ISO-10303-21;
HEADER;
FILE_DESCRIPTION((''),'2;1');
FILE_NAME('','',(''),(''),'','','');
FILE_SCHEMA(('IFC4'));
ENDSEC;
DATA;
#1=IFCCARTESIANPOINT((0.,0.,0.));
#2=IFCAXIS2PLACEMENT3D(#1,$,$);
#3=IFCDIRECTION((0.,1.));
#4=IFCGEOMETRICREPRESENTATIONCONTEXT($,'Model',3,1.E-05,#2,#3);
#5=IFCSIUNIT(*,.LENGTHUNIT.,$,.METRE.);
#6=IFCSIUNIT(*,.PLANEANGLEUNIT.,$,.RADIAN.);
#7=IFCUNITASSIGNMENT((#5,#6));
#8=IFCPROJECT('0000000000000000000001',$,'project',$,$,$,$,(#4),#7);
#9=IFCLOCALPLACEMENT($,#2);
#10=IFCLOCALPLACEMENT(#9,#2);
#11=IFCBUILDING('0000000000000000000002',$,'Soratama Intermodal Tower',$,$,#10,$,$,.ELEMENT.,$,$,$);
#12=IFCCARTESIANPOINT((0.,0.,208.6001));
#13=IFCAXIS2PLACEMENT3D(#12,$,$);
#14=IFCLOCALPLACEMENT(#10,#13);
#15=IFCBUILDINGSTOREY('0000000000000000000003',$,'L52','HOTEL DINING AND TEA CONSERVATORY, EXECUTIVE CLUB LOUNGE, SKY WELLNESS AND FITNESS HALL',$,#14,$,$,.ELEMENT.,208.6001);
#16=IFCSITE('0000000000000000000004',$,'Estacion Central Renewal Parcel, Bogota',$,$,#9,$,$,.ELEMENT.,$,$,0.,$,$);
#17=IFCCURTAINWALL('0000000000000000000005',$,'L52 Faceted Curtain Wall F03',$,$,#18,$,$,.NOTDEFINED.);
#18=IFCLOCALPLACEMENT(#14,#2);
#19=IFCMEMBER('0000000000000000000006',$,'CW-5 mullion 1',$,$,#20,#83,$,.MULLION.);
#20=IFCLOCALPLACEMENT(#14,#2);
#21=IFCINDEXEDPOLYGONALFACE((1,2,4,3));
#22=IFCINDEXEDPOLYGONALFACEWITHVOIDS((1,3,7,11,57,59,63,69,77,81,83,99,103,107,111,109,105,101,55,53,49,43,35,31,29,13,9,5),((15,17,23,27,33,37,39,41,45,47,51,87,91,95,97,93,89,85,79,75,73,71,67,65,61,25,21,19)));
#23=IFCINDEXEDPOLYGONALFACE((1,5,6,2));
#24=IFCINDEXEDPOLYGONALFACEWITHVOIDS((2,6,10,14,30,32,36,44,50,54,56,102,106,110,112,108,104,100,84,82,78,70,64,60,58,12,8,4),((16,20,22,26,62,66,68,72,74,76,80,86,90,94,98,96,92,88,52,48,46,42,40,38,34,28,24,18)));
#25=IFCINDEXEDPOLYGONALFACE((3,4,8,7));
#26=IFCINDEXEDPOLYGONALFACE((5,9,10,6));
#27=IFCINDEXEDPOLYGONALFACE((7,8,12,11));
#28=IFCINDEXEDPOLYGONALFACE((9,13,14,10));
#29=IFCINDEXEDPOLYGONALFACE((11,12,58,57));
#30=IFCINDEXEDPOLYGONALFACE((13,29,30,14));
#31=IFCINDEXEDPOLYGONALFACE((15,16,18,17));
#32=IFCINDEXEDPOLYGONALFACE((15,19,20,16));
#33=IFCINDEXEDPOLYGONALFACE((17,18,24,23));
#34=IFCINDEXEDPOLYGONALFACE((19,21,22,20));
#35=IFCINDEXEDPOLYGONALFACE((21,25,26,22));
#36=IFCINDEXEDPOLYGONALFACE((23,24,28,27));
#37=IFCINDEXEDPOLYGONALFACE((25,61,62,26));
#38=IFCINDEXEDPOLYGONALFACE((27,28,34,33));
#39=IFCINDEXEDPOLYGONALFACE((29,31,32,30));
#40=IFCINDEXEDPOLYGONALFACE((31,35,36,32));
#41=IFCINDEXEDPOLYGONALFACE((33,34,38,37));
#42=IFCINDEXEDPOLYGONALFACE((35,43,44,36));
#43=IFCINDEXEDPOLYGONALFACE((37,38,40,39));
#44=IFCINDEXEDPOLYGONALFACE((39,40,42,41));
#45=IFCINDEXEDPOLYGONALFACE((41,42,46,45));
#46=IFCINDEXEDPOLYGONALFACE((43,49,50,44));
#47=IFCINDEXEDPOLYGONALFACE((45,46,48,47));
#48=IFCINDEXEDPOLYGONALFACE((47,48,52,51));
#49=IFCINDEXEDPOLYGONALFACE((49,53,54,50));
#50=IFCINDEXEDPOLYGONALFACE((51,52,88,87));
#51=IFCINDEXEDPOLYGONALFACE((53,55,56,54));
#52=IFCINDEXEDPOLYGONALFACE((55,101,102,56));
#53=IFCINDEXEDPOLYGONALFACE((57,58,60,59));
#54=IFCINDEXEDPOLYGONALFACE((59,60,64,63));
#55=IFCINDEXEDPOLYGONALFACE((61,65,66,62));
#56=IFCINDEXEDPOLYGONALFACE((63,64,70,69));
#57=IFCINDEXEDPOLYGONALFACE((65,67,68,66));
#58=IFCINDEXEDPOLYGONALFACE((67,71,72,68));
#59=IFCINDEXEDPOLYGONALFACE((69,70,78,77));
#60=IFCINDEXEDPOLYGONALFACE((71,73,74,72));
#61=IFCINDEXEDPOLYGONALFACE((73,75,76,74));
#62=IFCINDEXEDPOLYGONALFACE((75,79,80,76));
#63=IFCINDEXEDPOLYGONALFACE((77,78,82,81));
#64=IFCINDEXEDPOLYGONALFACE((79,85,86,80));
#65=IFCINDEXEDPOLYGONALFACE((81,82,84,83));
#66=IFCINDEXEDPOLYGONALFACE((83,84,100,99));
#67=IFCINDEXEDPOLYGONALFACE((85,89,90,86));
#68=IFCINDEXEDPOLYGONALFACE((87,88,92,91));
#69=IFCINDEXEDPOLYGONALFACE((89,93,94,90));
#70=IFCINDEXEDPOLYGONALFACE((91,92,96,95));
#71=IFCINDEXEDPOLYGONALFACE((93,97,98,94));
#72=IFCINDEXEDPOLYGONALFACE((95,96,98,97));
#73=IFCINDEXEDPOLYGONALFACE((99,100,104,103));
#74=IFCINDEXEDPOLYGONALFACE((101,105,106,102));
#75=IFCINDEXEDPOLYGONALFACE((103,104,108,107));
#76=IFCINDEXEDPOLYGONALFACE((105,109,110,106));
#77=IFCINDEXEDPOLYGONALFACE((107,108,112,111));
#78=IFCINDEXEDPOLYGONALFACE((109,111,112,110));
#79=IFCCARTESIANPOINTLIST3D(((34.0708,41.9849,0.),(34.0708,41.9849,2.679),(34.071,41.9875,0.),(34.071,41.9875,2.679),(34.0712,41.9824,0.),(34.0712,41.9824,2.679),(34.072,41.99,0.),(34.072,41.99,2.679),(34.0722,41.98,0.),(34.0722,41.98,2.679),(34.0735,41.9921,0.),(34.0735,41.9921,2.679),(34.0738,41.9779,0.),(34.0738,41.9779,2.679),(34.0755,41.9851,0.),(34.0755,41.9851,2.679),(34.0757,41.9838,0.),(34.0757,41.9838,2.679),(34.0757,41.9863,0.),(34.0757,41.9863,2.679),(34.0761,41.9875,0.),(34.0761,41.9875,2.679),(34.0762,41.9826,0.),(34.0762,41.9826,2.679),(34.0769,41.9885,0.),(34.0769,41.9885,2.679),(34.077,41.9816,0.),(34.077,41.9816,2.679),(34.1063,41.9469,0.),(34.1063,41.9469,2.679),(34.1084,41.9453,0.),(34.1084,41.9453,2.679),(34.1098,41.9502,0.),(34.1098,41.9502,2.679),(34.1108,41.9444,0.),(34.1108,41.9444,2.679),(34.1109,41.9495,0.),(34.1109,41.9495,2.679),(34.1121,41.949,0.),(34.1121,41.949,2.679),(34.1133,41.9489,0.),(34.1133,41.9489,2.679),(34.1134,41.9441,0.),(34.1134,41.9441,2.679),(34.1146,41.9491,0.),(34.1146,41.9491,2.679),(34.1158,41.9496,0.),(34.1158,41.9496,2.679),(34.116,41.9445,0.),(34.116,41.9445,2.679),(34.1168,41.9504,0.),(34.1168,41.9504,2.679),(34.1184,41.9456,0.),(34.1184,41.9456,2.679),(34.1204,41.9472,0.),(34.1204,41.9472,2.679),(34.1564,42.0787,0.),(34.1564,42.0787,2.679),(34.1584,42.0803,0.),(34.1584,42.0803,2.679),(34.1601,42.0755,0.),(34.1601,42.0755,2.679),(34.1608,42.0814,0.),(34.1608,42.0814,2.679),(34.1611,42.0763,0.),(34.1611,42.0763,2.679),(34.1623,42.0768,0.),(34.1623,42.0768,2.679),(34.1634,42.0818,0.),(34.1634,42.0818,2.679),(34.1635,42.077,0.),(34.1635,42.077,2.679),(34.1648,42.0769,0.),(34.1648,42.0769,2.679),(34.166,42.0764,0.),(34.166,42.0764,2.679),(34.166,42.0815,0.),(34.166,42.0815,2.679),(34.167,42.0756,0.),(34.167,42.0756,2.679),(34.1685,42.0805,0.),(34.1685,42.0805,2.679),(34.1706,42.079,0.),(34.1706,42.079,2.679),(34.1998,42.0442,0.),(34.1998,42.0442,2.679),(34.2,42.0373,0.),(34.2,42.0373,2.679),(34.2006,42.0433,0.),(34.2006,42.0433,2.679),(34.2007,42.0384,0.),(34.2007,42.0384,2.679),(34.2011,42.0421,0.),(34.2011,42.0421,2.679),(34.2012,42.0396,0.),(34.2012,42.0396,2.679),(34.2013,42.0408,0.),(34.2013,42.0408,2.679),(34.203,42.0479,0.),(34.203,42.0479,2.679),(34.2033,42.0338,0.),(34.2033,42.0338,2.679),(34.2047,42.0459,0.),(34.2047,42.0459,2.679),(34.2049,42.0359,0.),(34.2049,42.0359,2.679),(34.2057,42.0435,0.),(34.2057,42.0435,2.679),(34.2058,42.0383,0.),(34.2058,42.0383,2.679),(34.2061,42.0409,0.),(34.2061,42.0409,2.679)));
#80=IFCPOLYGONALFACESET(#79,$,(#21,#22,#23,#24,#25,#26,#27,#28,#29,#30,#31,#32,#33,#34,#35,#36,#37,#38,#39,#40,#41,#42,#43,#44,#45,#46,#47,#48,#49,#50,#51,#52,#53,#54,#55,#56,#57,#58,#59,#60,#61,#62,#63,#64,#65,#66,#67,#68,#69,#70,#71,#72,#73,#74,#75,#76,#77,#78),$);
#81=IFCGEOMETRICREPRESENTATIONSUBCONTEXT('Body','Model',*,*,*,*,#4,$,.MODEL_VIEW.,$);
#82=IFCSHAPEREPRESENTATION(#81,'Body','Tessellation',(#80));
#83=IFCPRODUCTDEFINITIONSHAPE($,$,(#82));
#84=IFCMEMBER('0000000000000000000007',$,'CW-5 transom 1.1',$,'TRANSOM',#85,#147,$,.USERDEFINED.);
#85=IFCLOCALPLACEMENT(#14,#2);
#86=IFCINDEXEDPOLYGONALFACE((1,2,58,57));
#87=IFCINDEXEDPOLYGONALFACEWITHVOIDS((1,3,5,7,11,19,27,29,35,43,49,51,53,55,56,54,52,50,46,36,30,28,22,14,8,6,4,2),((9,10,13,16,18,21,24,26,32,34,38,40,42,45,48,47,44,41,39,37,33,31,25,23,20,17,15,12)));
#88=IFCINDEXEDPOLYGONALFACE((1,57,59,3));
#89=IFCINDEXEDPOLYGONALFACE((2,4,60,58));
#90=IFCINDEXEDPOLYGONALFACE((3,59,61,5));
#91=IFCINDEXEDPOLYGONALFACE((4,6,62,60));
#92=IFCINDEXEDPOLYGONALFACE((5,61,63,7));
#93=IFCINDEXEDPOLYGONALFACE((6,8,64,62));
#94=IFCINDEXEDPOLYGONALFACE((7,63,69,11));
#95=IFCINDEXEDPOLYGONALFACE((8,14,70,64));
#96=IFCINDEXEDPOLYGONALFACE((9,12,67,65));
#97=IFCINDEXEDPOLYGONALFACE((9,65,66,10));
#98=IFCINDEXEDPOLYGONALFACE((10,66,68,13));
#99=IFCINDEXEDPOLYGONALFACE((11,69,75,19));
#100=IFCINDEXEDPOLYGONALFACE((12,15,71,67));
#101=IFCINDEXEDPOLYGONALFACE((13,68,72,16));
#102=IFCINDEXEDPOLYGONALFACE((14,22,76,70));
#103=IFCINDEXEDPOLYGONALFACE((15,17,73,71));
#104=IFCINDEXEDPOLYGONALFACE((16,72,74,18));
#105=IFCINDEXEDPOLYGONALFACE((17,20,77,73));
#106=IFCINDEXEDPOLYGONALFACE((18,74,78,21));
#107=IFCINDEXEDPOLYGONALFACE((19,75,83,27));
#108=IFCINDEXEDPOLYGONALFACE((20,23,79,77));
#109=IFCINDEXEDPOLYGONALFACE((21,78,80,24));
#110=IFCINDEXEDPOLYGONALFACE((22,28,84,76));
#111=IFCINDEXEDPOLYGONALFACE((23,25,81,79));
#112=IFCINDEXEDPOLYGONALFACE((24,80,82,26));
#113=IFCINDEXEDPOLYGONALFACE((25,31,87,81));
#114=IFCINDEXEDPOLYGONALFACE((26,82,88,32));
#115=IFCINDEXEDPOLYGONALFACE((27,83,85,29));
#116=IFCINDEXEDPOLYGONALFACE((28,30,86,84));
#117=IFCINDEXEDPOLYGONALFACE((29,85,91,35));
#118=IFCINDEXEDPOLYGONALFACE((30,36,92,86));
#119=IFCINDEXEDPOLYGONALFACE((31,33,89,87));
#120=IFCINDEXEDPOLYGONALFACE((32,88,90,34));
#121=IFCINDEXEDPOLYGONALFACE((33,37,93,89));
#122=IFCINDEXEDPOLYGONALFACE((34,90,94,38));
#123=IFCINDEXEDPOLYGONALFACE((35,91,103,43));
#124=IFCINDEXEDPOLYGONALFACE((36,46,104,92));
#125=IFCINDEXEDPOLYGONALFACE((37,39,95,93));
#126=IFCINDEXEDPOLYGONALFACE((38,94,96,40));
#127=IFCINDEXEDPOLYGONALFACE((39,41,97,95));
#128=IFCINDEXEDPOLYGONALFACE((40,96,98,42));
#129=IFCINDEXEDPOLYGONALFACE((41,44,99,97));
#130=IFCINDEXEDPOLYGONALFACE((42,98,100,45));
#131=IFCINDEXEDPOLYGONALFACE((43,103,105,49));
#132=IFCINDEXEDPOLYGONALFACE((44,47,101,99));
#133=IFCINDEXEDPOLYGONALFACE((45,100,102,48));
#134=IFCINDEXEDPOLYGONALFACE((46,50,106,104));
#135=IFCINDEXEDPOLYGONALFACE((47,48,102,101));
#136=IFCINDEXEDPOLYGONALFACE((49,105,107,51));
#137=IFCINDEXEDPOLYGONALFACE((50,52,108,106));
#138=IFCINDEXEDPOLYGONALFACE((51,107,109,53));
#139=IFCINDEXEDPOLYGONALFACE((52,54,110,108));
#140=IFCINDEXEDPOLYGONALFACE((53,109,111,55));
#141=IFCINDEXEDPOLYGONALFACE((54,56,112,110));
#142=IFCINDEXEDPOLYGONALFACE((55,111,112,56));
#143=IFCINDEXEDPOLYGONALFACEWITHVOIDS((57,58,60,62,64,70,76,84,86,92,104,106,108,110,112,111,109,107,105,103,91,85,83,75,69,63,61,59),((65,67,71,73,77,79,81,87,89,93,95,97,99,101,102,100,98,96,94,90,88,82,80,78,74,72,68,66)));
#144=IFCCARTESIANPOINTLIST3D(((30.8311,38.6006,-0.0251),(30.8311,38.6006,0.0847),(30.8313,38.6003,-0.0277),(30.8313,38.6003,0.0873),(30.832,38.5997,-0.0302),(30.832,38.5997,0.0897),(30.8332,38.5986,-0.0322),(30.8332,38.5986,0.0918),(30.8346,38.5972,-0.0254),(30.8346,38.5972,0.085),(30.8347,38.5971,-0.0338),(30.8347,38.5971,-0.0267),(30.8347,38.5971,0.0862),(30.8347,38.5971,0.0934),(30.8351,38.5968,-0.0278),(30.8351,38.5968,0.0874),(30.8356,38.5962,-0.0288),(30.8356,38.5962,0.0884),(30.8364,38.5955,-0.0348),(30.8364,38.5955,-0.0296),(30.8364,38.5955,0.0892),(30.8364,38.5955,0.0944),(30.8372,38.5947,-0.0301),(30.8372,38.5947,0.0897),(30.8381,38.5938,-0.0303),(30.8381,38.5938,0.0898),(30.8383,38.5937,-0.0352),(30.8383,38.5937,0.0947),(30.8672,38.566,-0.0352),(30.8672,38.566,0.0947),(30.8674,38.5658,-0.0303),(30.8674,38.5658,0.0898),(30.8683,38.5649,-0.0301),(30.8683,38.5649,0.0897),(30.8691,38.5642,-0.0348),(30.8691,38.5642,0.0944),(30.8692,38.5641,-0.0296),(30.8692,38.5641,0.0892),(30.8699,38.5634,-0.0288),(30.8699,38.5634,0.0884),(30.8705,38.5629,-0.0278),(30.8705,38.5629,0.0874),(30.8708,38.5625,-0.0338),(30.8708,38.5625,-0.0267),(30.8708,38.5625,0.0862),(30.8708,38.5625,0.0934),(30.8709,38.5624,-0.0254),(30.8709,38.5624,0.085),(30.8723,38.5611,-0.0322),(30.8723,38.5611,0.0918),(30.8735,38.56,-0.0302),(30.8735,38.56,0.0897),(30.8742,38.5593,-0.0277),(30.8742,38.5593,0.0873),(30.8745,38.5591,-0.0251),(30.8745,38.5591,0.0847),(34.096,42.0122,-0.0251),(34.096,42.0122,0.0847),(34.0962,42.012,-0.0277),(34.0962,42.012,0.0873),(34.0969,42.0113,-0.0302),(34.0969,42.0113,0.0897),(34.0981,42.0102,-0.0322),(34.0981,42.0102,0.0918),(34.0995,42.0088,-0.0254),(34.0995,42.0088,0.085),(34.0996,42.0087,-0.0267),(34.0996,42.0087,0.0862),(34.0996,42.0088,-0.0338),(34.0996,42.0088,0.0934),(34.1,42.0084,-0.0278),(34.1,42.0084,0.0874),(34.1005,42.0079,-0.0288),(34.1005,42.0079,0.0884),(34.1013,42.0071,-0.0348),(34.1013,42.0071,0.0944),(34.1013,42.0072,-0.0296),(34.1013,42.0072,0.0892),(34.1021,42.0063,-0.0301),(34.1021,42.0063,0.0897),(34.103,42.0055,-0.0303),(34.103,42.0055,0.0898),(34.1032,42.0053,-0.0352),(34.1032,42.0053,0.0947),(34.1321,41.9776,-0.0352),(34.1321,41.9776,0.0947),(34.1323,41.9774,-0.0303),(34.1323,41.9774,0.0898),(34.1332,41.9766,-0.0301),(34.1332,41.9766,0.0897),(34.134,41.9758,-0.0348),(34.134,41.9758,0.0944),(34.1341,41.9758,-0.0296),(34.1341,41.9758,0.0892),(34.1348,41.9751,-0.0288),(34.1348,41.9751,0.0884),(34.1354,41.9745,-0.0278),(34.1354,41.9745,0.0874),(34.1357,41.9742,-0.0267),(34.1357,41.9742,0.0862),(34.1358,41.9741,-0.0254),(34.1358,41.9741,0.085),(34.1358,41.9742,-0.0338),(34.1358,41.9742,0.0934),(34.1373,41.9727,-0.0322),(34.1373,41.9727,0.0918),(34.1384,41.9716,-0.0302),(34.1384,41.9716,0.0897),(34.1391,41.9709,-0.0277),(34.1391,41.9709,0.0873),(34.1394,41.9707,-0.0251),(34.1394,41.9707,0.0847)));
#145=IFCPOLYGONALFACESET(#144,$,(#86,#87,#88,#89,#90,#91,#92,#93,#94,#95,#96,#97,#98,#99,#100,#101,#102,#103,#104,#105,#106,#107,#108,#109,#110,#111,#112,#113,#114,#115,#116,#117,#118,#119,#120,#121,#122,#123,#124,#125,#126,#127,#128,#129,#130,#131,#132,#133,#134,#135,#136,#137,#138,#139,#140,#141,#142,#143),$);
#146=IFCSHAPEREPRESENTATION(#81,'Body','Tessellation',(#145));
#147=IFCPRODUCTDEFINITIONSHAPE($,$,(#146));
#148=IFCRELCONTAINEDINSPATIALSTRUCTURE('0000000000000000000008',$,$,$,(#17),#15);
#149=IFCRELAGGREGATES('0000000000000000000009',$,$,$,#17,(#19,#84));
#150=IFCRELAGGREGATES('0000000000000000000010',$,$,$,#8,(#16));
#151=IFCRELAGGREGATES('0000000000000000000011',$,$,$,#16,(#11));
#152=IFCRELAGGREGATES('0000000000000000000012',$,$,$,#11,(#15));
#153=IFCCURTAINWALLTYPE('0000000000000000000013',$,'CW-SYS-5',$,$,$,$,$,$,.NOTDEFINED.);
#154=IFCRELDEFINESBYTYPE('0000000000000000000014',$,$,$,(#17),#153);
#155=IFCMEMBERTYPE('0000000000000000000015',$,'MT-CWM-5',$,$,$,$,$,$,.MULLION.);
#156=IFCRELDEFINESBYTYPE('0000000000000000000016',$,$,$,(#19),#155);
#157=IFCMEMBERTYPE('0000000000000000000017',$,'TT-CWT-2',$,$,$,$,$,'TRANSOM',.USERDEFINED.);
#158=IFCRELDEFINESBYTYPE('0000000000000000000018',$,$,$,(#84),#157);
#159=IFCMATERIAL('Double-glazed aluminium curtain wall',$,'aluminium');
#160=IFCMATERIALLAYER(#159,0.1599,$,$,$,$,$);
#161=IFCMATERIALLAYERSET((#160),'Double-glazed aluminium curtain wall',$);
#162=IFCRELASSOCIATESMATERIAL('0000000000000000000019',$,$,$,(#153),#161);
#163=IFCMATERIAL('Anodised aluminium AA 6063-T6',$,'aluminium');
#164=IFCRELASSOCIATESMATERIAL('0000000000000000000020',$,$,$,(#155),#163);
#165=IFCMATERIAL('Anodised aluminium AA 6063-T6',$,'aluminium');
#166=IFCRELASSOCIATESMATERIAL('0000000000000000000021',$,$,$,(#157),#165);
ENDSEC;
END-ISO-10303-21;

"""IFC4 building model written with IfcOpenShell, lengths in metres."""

from ifc_helpers import new_model, si_unit, direction, frame, origin, origin_2d, place, context, subcontext, project, spatial, hollow_rectangle, extrude, material, layer, layer_set, material_profile, profile_set, type_object, element, aggregate, save


model = new_model("IFC4")

# Units and contexts
model_context = context("Model", 3, precision=1e-05, world=origin(), true_north=direction((0.0, 1.0)))
body_context = subcontext(model_context, "Body", "Model", "MODEL_VIEW")
ifc_project = project(units=[si_unit("LENGTHUNIT", "METRE"), si_unit("PLANEANGLEUNIT", "RADIAN")], contexts=[model_context])

# Site, building, storey
site_placement = place(None, origin())
site = spatial("IfcSite", under=ifc_project, at=site_placement, Name="Estacion Central Renewal Parcel, Bogota", CompositionType="ELEMENT", RefElevation=0.0)
building_placement = place(site_placement, origin())
building = spatial("IfcBuilding", under=site, at=building_placement, Name="Soratama Intermodal Tower", CompositionType="ELEMENT")
storey_placement = place(building_placement, frame((0.0, 0.0, 208.6001)))
storey = spatial("IfcBuildingStorey", under=building, at=storey_placement, Name="L52", Description="HOTEL DINING AND TEA CONSERVATORY, EXECUTIVE CLUB LOUNGE, SKY WELLNESS AND FITNESS HALL", CompositionType="ELEMENT", Elevation=208.6001)

# Curtain wall, members
ifc_material_1 = material(Name="Double-glazed aluminium curtain wall", Category="aluminium")
ifc_layer_1 = layer(ifc_material_1, 0.1599)
ifc_layer_set_1 = layer_set([ifc_layer_1], Name="Double-glazed aluminium curtain wall")
curtain_wall_type = type_object("IfcCurtainWallType", Name="CW-SYS-5", PredefinedType="NOTDEFINED", material=ifc_layer_set_1)
curtain_wall_placement = place(storey_placement, origin())
curtain_wall = element("IfcCurtainWall", 1, at=curtain_wall_placement, inside=storey, type_object=curtain_wall_type, Name="L52 Faceted Curtain Wall F03", PredefinedType="NOTDEFINED")
ifc_material_2 = material(Name="Anodised aluminium AA 6063-T6", Category="aluminium")
ifc_material_profile_1 = material_profile(ifc_material_2, hollow_rectangle(XDim=0.0649, YDim=0.1399, WallThickness=0.0049, InnerFilletRadius=0.0049, OuterFilletRadius=0.01, at=origin_2d()), Name="CWM140X65X5")
ifc_profile_set_1 = profile_set([ifc_material_profile_1], Name="Anodised aluminium AA 6063-T6")
member_type_1 = type_object("IfcMemberType", Name="MT-CWM-5", PredefinedType="MULLION", material=ifc_profile_set_1)
member_1_placement = place(storey_placement, frame((34.1384, 42.0129, 0.0), z_axis=(0.0, 0.0, 1.0), x_axis=(0.722485, -0.691386, 0.0)))
member_1 = element("IfcMember", 2, at=member_1_placement, type_object=member_type_1, Name="CW-5 mullion 1", PredefinedType="MULLION", context=body_context, shape_type="SweptSolid", body=[
    extrude(hollow_rectangle(XDim=0.0649, YDim=0.1399, WallThickness=0.0049, InnerFilletRadius=0.0049, OuterFilletRadius=0.01, at=origin_2d()), origin(), (0.0, 0.0, 1.0), 2.679),
])
ifc_material_3 = material(Name="Anodised aluminium AA 6063-T6", Category="aluminium")
ifc_material_profile_2 = material_profile(ifc_material_3, hollow_rectangle(XDim=0.0601, YDim=0.1299, WallThickness=0.0049, InnerFilletRadius=0.0049, OuterFilletRadius=0.01, at=origin_2d()), Name="CWT130X60X5")
ifc_profile_set_2 = profile_set([ifc_material_profile_2], Name="Anodised aluminium AA 6063-T6")
member_type_2 = type_object("IfcMemberType", Name="TT-CWT-2", ElementType="TRANSOM", PredefinedType="USERDEFINED", material=ifc_profile_set_2)
member_2_placement = place(storey_placement, frame((34.1177, 41.9915, 0.0298), z_axis=(-0.6914, -0.722472, 0.0), x_axis=(0.722472, -0.6914, 0.0)))
member_2 = element("IfcMember", 3, at=member_2_placement, type_object=member_type_2, Name="CW-5 transom 1.1", ObjectType="TRANSOM", PredefinedType="USERDEFINED", context=body_context, shape_type="SweptSolid", body=[
    extrude(hollow_rectangle(XDim=0.0601, YDim=0.1299, WallThickness=0.0049, InnerFilletRadius=0.0049, OuterFilletRadius=0.01, at=origin_2d()), origin(), (0.0, 0.0, 1.0), 4.7222),
])
aggregate(curtain_wall, [member_1, member_2])

save(model, "model.ifc")
